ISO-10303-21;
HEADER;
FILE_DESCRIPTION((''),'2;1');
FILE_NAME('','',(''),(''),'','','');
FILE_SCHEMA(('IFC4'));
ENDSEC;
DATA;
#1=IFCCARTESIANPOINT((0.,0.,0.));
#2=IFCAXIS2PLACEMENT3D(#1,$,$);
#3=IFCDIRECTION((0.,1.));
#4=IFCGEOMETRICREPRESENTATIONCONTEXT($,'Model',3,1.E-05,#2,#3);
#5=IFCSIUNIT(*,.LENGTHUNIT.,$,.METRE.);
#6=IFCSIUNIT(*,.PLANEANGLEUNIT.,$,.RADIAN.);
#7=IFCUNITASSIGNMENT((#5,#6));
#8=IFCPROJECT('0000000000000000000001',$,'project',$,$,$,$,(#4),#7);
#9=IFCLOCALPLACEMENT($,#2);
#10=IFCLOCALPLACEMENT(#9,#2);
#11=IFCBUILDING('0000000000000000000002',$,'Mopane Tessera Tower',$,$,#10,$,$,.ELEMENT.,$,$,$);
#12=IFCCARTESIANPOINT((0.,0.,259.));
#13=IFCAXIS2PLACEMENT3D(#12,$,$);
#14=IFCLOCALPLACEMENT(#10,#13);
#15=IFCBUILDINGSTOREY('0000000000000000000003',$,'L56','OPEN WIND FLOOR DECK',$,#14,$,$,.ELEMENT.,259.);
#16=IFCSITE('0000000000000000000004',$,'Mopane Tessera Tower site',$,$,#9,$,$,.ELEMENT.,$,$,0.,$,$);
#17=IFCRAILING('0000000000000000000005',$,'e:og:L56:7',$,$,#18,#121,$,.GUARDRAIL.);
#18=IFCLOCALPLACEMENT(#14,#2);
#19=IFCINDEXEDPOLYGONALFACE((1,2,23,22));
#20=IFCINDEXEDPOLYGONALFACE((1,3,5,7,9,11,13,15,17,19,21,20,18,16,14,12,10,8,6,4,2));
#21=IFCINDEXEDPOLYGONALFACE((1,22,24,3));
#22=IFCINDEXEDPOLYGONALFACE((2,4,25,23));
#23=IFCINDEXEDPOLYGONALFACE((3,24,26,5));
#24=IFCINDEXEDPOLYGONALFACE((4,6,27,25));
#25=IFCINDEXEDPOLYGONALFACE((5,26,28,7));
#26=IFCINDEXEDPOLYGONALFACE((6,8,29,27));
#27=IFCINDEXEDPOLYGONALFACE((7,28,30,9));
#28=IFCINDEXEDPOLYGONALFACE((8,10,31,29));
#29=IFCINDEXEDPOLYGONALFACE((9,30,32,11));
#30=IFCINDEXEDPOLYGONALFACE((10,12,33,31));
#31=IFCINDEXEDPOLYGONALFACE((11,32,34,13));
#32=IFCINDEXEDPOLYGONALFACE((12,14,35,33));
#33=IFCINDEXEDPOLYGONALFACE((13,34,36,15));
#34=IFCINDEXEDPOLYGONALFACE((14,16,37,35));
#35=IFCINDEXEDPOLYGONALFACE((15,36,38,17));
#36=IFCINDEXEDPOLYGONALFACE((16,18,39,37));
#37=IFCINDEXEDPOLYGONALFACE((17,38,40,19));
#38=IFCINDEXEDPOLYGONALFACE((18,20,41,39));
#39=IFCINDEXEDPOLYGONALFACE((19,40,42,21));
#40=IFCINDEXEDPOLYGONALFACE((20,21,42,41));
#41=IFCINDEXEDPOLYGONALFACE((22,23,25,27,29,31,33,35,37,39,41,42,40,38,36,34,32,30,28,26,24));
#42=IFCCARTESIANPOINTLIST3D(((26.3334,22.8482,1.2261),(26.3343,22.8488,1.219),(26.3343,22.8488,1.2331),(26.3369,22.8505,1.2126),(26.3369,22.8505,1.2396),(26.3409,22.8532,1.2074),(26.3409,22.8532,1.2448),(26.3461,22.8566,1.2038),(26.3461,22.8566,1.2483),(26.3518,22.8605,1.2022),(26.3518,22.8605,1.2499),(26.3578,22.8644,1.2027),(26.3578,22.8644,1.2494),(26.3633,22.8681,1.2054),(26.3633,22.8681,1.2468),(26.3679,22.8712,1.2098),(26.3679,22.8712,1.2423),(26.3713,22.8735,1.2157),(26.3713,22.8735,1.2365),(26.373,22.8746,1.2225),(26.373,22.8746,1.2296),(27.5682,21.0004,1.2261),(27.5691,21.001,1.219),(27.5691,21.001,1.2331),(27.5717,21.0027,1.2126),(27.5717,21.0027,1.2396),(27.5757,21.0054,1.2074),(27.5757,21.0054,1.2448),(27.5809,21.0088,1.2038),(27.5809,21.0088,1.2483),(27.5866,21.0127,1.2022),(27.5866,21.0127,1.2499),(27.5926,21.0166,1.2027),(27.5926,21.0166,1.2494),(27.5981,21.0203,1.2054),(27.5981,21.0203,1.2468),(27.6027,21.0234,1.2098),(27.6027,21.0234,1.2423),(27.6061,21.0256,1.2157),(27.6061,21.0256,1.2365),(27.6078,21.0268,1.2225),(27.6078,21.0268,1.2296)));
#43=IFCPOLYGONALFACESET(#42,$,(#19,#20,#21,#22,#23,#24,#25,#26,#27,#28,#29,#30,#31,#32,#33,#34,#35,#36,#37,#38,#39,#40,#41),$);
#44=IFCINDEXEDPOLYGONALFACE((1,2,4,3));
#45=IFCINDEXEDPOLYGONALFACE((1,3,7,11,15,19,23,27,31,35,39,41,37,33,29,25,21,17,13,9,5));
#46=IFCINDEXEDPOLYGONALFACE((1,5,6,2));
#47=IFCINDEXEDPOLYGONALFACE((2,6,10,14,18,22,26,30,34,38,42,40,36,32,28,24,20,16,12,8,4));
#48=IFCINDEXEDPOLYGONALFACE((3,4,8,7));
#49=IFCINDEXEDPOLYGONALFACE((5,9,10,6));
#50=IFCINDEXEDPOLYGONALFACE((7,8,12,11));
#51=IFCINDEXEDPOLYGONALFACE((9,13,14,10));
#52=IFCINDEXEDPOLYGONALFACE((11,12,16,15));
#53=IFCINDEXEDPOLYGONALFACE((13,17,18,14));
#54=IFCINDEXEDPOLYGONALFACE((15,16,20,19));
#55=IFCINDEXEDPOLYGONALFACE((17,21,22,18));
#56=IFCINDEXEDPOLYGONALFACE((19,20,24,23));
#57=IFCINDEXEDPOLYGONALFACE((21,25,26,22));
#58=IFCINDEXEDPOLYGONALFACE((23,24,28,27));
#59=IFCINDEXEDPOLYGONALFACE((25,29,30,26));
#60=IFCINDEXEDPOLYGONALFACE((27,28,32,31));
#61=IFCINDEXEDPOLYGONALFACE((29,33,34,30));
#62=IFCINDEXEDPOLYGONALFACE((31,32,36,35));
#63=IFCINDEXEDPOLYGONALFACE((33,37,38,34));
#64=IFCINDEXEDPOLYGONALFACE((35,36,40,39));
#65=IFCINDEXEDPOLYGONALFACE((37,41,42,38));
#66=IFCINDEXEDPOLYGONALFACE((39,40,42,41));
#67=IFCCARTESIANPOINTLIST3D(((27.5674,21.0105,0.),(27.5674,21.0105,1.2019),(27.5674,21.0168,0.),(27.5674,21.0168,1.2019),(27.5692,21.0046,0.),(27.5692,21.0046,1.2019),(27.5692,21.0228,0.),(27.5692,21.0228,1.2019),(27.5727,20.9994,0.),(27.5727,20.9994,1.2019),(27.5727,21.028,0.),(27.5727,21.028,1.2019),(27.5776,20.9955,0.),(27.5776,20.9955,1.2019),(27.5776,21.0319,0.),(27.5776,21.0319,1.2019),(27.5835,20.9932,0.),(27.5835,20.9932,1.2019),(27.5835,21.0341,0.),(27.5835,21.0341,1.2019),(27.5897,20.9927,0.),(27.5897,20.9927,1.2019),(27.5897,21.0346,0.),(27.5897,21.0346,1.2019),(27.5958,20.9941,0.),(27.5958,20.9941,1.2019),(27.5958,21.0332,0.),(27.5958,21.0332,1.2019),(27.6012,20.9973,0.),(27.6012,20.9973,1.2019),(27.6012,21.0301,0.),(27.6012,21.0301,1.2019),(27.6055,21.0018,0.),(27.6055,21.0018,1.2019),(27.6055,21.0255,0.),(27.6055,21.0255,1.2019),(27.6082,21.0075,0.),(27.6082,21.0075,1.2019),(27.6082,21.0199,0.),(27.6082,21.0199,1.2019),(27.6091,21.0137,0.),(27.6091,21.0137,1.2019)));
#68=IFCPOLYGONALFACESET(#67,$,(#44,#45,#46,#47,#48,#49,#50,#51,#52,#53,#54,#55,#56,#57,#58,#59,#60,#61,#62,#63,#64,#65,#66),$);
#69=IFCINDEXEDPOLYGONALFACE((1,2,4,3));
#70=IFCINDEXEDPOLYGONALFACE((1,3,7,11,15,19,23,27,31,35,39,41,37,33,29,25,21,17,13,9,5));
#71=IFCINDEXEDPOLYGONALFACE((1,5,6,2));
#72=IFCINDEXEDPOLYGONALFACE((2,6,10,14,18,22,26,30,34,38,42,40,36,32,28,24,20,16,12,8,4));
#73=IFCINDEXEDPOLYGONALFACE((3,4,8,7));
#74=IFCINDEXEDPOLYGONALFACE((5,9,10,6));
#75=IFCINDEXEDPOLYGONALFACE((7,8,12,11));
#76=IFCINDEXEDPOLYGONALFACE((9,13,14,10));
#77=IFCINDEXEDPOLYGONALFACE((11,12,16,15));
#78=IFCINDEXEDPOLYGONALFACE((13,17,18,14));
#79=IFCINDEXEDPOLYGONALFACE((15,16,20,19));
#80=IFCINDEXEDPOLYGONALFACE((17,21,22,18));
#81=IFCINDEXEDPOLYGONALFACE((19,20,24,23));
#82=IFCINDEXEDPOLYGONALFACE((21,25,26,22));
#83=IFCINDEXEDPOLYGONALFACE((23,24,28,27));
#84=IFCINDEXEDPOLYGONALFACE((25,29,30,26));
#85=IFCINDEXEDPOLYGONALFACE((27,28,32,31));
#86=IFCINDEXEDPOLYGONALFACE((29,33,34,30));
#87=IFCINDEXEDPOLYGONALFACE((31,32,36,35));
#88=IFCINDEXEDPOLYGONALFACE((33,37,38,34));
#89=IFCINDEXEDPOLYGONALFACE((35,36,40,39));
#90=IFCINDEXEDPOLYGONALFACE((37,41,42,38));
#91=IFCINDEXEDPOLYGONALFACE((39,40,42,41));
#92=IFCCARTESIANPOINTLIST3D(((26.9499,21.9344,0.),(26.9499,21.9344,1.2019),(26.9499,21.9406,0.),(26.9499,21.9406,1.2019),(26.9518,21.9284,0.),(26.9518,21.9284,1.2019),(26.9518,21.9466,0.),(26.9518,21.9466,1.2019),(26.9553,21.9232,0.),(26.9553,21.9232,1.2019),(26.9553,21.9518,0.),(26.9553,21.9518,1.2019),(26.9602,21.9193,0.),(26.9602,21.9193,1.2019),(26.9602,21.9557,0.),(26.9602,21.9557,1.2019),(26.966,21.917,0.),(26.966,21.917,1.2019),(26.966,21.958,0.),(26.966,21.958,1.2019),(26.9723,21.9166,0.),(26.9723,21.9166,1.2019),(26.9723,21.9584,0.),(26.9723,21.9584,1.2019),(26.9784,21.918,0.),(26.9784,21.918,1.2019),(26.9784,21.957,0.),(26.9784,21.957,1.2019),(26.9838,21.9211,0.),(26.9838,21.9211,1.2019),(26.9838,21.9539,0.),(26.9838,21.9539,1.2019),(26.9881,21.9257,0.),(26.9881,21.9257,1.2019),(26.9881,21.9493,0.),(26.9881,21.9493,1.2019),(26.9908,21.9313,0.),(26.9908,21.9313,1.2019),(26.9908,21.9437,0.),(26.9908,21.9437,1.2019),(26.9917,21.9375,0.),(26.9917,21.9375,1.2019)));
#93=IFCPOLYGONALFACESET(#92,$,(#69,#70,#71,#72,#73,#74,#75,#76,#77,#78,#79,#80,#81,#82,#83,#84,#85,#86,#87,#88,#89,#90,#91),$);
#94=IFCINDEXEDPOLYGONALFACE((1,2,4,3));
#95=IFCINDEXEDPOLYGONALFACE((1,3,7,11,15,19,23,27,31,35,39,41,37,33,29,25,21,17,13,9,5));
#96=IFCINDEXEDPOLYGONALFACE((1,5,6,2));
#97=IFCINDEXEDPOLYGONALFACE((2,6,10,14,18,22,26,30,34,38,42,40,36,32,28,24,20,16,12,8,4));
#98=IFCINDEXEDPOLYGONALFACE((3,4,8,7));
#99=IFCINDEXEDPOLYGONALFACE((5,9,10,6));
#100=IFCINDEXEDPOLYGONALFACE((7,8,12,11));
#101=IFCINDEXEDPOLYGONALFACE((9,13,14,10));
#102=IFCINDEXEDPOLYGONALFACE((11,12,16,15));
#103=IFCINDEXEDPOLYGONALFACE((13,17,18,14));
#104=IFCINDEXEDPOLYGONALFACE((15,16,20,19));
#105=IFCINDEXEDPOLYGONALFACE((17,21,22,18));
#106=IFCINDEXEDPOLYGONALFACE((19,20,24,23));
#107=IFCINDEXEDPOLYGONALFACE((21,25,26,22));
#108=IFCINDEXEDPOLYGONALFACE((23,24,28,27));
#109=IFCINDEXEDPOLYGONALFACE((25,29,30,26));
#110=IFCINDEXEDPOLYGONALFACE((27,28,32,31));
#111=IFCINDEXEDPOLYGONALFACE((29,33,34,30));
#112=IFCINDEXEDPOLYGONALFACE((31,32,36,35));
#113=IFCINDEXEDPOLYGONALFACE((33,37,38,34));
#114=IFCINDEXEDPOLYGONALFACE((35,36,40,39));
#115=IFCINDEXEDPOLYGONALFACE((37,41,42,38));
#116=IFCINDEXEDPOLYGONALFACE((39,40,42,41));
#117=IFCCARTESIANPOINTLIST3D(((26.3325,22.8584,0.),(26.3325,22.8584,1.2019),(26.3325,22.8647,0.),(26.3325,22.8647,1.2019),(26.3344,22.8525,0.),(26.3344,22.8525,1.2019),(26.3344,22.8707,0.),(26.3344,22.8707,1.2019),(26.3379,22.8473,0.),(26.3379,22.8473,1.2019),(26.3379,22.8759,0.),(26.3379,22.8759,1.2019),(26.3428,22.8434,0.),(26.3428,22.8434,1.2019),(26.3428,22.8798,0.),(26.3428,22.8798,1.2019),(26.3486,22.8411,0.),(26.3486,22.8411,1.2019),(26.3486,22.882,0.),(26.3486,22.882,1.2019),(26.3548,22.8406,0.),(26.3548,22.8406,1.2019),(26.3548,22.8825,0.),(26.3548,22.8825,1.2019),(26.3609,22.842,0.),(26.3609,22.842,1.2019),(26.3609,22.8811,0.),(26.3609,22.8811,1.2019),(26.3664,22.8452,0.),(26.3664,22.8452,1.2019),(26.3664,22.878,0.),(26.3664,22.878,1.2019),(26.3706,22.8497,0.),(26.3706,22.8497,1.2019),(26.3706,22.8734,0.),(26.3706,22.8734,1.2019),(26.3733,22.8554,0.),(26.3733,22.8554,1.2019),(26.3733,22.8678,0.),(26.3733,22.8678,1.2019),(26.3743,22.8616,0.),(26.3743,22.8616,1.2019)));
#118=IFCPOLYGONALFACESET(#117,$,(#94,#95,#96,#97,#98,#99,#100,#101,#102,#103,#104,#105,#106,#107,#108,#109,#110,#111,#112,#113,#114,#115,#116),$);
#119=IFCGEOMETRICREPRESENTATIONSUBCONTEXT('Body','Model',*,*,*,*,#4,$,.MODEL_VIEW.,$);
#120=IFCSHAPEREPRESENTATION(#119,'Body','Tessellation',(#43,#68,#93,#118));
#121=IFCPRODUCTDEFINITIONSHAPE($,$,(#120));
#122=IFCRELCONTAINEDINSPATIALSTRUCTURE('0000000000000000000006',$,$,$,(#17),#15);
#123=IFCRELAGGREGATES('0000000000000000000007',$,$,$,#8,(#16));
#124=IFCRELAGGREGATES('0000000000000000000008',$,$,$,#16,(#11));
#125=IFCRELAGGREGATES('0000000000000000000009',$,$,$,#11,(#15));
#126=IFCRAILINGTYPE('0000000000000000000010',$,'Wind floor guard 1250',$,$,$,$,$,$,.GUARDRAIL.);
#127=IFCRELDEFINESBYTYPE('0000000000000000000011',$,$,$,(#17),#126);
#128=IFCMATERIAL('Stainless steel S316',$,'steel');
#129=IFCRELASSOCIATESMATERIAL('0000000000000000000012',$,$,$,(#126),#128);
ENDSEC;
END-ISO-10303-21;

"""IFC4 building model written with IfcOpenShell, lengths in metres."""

from ifc_helpers import new_model, si_unit, direction, frame, origin, origin_2d, place, context, subcontext, project, spatial, circle, extrude, material, type_object, element, save


model = new_model("IFC4")

# Units and contexts
model_context = context("Model", 3, precision=1e-05, world=origin(), true_north=direction((0.0, 1.0)))
body_context = subcontext(model_context, "Body", "Model", "MODEL_VIEW")
ifc_project = project(units=[si_unit("LENGTHUNIT", "METRE"), si_unit("PLANEANGLEUNIT", "RADIAN")], contexts=[model_context])

# Site, building, storey
site_placement = place(None, origin())
site = spatial("IfcSite", under=ifc_project, at=site_placement, Name="Mopane Tessera Tower site", CompositionType="ELEMENT", RefElevation=0.0)
building_placement = place(site_placement, origin())
building = spatial("IfcBuilding", under=site, at=building_placement, Name="Mopane Tessera Tower", CompositionType="ELEMENT")
storey_placement = place(building_placement, frame((0.0, 0.0, 259.0)))
storey = spatial("IfcBuildingStorey", under=building, at=storey_placement, Name="L56", Description="OPEN WIND FLOOR DECK", CompositionType="ELEMENT", Elevation=259.0)

# Railing
ifc_material_1 = material(Name="Stainless steel S316", Category="steel")
railing_type = type_object("IfcRailingType", Name="Wind floor guard 1250", PredefinedType="GUARDRAIL", material=ifc_material_1)
railing_1_placement = place(storey_placement, frame((27.5881, 21.0137, 0.0)))
element("IfcRailing", 1, at=railing_1_placement, inside=storey, type_object=railing_type, Name="e:og:L56:7", PredefinedType="GUARDRAIL", context=body_context, shape_type="SweptSolid", body=[
    extrude(circle(Radius=0.0239, at=origin_2d()), frame((0.0, 0.0, 1.2261), z_axis=(-0.555612, 0.831441, 0.0), x_axis=(-0.831441, -0.555612, 0.0)), (0.0, 0.0, 1.0), 2.2224),
    extrude(circle(Radius=0.021, at=origin_2d()), origin(), (0.0, 0.0, 1.0), 1.2019),
    extrude(circle(Radius=0.021, at=origin_2d()), frame((-0.6174, 0.9238, 0.0)), (0.0, 0.0, 1.0), 1.2019),
    extrude(circle(Radius=0.021, at=origin_2d()), frame((-1.2349, 1.8479, 0.0)), (0.0, 0.0, 1.0), 1.2019),
])

save(model, "model.ifc")
